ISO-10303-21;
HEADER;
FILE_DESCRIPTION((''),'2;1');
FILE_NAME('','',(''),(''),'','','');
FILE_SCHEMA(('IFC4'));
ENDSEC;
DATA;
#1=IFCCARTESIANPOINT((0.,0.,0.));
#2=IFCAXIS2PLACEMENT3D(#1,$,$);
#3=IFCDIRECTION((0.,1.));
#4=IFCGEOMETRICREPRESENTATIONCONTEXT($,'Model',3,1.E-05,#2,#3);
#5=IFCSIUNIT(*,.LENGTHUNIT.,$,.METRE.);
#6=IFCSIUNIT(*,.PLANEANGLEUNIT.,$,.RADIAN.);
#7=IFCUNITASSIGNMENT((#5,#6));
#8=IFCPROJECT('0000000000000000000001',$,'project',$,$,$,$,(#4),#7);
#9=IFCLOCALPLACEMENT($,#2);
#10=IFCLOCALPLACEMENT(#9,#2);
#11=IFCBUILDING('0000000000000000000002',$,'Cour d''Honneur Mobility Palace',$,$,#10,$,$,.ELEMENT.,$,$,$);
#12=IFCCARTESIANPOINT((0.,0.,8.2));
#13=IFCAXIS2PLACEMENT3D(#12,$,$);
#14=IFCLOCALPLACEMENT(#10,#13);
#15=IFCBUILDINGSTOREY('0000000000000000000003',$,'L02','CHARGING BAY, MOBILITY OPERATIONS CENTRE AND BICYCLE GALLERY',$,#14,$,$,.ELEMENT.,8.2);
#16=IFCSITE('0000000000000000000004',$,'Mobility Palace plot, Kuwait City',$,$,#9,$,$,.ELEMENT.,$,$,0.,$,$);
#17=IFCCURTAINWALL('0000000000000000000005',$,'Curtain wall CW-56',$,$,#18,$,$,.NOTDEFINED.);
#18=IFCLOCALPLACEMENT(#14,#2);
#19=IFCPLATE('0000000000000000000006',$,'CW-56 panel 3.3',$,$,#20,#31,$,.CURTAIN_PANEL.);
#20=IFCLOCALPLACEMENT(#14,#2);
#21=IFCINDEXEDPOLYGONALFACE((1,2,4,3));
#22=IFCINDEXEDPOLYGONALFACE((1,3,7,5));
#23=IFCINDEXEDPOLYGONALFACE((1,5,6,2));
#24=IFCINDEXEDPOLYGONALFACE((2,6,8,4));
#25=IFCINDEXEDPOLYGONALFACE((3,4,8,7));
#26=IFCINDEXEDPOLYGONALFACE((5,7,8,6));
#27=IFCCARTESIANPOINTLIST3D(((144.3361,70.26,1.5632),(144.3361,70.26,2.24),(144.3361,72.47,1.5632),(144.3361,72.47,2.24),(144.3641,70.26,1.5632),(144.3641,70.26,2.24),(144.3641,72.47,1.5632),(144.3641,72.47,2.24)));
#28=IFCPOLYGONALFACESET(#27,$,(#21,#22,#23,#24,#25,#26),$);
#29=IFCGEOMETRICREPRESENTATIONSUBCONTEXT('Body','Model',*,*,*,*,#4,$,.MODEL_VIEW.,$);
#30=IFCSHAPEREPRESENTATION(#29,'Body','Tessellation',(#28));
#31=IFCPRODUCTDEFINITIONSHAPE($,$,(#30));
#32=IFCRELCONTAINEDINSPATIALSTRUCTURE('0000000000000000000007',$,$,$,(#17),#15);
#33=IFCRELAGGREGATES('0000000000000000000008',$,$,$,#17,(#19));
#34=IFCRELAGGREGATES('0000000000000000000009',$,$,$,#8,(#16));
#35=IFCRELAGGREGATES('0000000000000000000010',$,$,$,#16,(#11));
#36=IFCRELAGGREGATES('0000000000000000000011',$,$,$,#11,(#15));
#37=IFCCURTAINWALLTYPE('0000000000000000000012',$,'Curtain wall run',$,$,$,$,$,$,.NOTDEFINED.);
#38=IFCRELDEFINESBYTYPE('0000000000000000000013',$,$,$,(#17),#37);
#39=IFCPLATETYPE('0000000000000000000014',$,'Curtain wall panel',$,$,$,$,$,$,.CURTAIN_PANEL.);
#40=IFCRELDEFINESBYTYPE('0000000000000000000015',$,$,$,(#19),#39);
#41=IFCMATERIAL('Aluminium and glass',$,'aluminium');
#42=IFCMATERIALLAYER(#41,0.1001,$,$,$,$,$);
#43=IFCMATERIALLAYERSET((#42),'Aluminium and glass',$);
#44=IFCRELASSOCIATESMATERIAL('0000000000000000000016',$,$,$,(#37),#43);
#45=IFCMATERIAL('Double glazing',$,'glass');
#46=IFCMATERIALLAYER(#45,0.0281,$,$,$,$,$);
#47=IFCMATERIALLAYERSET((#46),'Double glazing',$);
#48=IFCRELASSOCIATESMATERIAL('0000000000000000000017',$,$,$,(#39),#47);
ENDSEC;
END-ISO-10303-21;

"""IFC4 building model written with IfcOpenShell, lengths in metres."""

from ifc_helpers import new_model, si_unit, direction, frame, origin, origin_2d, place, context, subcontext, project, spatial, rectangle, extrude, material, layer, layer_set, type_object, element, aggregate, save


model = new_model("IFC4")

# Units and contexts
model_context = context("Model", 3, precision=1e-05, world=origin(), true_north=direction((0.0, 1.0)))
body_context = subcontext(model_context, "Body", "Model", "MODEL_VIEW")
ifc_project = project(units=[si_unit("LENGTHUNIT", "METRE"), si_unit("PLANEANGLEUNIT", "RADIAN")], contexts=[model_context])

# Site, building, storey
site_placement = place(None, origin())
site = spatial("IfcSite", under=ifc_project, at=site_placement, Name="Mobility Palace plot, Kuwait City", CompositionType="ELEMENT", RefElevation=0.0)
building_placement = place(site_placement, origin())
building = spatial("IfcBuilding", under=site, at=building_placement, Name="Cour d'Honneur Mobility Palace", CompositionType="ELEMENT")
storey_placement = place(building_placement, frame((0.0, 0.0, 8.2)))
storey = spatial("IfcBuildingStorey", under=building, at=storey_placement, Name="L02", Description="CHARGING BAY, MOBILITY OPERATIONS CENTRE AND BICYCLE GALLERY", CompositionType="ELEMENT", Elevation=8.2)

# Shared definitions
ifc_material_1 = material(Name="Aluminium and glass", Category="aluminium")
ifc_layer_1 = layer(ifc_material_1, 0.1001)
ifc_layer_set_1 = layer_set([ifc_layer_1], Name="Aluminium and glass")
curtain_wall_type = type_object("IfcCurtainWallType", Name="Curtain wall run", PredefinedType="NOTDEFINED", material=ifc_layer_set_1)

# Curtain wall
curtain_wall_1_placement = place(storey_placement, origin())
curtain_wall_1 = element("IfcCurtainWall", 1, at=curtain_wall_1_placement, inside=storey, type_object=curtain_wall_type, Name="Curtain wall CW-56", PredefinedType="NOTDEFINED")

# Plate
ifc_material_2 = material(Name="Double glazing", Category="glass")
ifc_layer_2 = layer(ifc_material_2, 0.0281)
ifc_layer_set_2 = layer_set([ifc_layer_2], Name="Double glazing")
plate_type = type_object("IfcPlateType", Name="Curtain wall panel", PredefinedType="CURTAIN_PANEL", material=ifc_layer_set_2)
plate_1_placement = place(storey_placement, frame((144.3501, 71.365, 1.5632), z_axis=(0.0, 0.0, 1.0), x_axis=(0.0, -1.0, 0.0)))
plate_1 = element("IfcPlate", 2, at=plate_1_placement, type_object=plate_type, Name="CW-56 panel 3.3", PredefinedType="CURTAIN_PANEL", context=body_context, shape_type="SweptSolid", body=[
    extrude(rectangle(XDim=2.21, YDim=0.0281, at=origin_2d()), origin(), (0.0, 0.0, 1.0), 0.6768),
])
aggregate(curtain_wall_1, [plate_1])

save(model, "model.ifc")
